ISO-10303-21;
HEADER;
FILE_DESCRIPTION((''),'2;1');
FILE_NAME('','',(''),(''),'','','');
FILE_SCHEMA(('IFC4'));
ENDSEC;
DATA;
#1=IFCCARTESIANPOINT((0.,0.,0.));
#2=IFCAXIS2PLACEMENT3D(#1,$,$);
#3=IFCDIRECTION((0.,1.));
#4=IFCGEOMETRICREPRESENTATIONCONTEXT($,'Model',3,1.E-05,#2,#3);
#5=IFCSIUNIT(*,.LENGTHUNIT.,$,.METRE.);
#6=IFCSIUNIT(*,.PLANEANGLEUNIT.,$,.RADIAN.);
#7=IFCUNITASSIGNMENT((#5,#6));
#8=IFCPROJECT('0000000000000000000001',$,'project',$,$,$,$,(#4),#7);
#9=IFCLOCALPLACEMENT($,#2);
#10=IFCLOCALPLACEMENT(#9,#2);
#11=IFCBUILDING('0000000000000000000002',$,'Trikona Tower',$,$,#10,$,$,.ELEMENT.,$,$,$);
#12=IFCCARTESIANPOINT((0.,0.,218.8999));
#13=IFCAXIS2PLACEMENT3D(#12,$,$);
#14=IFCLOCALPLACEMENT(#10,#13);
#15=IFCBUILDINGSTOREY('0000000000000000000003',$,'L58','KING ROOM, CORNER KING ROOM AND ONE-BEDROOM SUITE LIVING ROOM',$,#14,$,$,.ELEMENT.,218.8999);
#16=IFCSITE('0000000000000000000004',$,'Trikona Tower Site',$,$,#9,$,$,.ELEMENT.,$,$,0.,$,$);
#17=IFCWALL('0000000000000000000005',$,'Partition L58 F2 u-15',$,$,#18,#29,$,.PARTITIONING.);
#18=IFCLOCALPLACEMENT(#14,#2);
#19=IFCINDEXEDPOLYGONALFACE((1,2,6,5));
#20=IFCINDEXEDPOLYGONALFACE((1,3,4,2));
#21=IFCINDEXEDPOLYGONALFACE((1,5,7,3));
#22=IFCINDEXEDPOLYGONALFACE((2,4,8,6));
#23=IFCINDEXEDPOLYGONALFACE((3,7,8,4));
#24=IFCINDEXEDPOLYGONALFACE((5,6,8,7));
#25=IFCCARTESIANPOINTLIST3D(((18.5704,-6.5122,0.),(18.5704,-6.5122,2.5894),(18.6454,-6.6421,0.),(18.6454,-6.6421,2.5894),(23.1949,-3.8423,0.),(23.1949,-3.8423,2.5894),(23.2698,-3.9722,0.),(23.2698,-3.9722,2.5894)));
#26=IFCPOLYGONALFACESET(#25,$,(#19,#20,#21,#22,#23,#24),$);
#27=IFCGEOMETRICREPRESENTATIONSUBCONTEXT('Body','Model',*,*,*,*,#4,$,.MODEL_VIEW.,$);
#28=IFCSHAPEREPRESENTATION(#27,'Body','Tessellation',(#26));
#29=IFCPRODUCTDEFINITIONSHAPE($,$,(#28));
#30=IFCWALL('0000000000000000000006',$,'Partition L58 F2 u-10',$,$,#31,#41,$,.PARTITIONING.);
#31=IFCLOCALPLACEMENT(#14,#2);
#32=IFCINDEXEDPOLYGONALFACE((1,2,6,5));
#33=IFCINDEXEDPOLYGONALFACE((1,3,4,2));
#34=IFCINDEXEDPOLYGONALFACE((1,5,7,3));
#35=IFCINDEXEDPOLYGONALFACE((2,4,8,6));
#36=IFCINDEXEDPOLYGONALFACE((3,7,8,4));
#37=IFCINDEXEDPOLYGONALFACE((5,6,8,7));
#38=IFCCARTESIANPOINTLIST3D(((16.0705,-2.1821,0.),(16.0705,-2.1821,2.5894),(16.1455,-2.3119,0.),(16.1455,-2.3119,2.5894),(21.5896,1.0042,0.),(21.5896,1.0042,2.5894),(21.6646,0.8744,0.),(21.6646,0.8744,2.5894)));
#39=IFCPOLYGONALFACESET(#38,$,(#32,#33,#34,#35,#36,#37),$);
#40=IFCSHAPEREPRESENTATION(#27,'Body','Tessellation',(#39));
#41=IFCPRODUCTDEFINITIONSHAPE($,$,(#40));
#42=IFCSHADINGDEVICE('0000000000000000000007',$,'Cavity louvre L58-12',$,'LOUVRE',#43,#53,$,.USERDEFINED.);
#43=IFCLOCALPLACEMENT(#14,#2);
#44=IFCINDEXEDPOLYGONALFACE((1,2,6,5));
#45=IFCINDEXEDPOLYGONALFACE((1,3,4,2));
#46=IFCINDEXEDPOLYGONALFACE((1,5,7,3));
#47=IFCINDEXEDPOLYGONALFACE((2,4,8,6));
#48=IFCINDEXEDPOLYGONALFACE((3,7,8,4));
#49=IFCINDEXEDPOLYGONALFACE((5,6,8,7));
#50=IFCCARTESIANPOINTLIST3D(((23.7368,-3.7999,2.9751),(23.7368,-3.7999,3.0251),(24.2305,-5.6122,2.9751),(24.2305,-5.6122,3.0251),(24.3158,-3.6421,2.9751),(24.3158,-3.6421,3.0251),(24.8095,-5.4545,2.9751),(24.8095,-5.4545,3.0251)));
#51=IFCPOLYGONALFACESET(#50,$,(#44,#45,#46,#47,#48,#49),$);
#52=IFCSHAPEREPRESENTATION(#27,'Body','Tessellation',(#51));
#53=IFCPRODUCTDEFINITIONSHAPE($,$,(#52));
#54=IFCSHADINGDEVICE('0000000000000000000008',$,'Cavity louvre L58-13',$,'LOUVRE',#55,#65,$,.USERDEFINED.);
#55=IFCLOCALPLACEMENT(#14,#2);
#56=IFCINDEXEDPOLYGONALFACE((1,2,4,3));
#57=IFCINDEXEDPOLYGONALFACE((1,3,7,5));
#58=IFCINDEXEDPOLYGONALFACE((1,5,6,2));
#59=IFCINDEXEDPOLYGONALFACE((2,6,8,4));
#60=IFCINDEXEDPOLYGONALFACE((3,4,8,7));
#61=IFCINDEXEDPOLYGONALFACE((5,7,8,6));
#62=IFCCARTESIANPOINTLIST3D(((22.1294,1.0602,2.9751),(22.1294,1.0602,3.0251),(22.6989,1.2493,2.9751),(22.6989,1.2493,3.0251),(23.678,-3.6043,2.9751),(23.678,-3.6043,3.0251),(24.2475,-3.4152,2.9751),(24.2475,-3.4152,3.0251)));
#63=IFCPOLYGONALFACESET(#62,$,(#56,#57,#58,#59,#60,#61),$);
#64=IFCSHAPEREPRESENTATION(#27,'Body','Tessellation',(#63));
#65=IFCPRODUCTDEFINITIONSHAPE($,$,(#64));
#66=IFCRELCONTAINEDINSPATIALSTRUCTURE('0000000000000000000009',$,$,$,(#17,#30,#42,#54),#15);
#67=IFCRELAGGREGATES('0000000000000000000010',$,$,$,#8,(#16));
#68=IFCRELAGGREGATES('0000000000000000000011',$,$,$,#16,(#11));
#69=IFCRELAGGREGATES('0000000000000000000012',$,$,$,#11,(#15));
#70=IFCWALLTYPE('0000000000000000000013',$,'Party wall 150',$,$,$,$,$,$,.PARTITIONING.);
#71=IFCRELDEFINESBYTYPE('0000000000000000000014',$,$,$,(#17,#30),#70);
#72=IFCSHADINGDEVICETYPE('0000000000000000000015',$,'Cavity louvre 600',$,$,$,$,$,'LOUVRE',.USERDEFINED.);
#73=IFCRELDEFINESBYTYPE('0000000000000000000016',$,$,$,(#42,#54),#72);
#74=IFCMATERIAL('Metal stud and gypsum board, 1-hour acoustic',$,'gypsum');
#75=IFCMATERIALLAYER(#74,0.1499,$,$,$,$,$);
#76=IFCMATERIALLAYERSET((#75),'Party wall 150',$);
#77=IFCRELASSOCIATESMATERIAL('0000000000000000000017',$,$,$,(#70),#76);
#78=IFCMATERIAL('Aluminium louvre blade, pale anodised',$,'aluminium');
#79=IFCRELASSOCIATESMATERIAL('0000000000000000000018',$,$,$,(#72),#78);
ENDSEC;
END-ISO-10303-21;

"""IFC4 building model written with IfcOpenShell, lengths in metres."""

from ifc_helpers import new_model, si_unit, direction, frame, frame_2d, origin, origin_2d, place, context, subcontext, project, spatial, rectangle, extrude, material, layer, layer_set, type_object, element, save


model = new_model("IFC4")

# Units and contexts
model_context = context("Model", 3, precision=1e-05, world=origin(), true_north=direction((0.0, 1.0)))
body_context = subcontext(model_context, "Body", "Model", "MODEL_VIEW")
ifc_project = project(units=[si_unit("LENGTHUNIT", "METRE"), si_unit("PLANEANGLEUNIT", "RADIAN")], contexts=[model_context])

# Site, building, storey
site_placement = place(None, origin())
site = spatial("IfcSite", under=ifc_project, at=site_placement, Name="Trikona Tower Site", CompositionType="ELEMENT", RefElevation=0.0)
building_placement = place(site_placement, origin())
building = spatial("IfcBuilding", under=site, at=building_placement, Name="Trikona Tower", CompositionType="ELEMENT")
storey_placement = place(building_placement, frame((0.0, 0.0, 218.8999)))
storey = spatial("IfcBuildingStorey", under=building, at=storey_placement, Name="L58", Description="KING ROOM, CORNER KING ROOM AND ONE-BEDROOM SUITE LIVING ROOM", CompositionType="ELEMENT", Elevation=218.8999)

# Walls
ifc_material_1 = material(Name="Metal stud and gypsum board, 1-hour acoustic", Category="gypsum")
ifc_layer_1 = layer(ifc_material_1, 0.1499)
ifc_layer_set_1 = layer_set([ifc_layer_1], Name="Party wall 150")
wall_type_1 = type_object("IfcWallType", Name="Party wall 150", PredefinedType="PARTITIONING", material=ifc_layer_set_1)
wall_1_placement = place(storey_placement, frame((18.6079, -6.5771, 0.0), z_axis=(0.0, 0.0, 1.0), x_axis=(0.866029, 0.499994, 0.0)))
element("IfcWall", 1, at=wall_1_placement, inside=storey, type_object=wall_type_1, Name="Partition L58 F2 u-15", PredefinedType="PARTITIONING", context=body_context, shape_type="SweptSolid", body=[
    extrude(rectangle(XDim=5.3398, YDim=0.1499, at=frame_2d((2.6699, 0.0))), origin(), (0.0, 0.0, 1.0), 2.5894),
])
wall_2_placement = place(storey_placement, frame((16.1079, -2.2471, 0.0), z_axis=(0.0, 0.0, 1.0), x_axis=(0.866035, 0.499983, 0.0)))
element("IfcWall", 2, at=wall_2_placement, inside=storey, type_object=wall_type_1, Name="Partition L58 F2 u-10", PredefinedType="PARTITIONING", context=body_context, shape_type="SweptSolid", body=[
    extrude(rectangle(XDim=6.3728, YDim=0.1499, at=frame_2d((3.1865, 0.0))), origin(), (0.0, 0.0, 1.0), 2.5894),
])

# Shading devices
ifc_material_2 = material(Name="Aluminium louvre blade, pale anodised", Category="aluminium")
shading_device_type = type_object("IfcShadingDeviceType", Name="Cavity louvre 600", ElementType="LOUVRE", PredefinedType="USERDEFINED", material=ifc_material_2)
shading_device_1_placement = place(storey_placement, frame((24.2732, -4.6272, 2.9751), z_axis=(0.0, 0.0, 1.0), x_axis=(-0.262822, 0.964844, 0.0)))
element("IfcShadingDevice", 3, at=shading_device_1_placement, inside=storey, type_object=shading_device_type, Name="Cavity louvre L58-12", ObjectType="LOUVRE", PredefinedType="USERDEFINED", context=body_context, shape_type="SweptSolid", body=[
    extrude(rectangle(XDim=1.8784, YDim=0.6001, at=origin_2d()), origin(), (0.0, 0.0, 1.0), 0.05),
])
shading_device_2_placement = place(storey_placement, frame((23.1885, -1.1775, 2.9751), z_axis=(0.0, 0.0, 1.0), x_axis=(-0.315093, 0.949061, 0.0)))
element("IfcShadingDevice", 4, at=shading_device_2_placement, inside=storey, type_object=shading_device_type, Name="Cavity louvre L58-13", ObjectType="LOUVRE", PredefinedType="USERDEFINED", context=body_context, shape_type="SweptSolid", body=[
    extrude(rectangle(XDim=4.9148, YDim=0.6001, at=origin_2d()), origin(), (0.0, 0.0, 1.0), 0.05),
])

save(model, "model.ifc")
